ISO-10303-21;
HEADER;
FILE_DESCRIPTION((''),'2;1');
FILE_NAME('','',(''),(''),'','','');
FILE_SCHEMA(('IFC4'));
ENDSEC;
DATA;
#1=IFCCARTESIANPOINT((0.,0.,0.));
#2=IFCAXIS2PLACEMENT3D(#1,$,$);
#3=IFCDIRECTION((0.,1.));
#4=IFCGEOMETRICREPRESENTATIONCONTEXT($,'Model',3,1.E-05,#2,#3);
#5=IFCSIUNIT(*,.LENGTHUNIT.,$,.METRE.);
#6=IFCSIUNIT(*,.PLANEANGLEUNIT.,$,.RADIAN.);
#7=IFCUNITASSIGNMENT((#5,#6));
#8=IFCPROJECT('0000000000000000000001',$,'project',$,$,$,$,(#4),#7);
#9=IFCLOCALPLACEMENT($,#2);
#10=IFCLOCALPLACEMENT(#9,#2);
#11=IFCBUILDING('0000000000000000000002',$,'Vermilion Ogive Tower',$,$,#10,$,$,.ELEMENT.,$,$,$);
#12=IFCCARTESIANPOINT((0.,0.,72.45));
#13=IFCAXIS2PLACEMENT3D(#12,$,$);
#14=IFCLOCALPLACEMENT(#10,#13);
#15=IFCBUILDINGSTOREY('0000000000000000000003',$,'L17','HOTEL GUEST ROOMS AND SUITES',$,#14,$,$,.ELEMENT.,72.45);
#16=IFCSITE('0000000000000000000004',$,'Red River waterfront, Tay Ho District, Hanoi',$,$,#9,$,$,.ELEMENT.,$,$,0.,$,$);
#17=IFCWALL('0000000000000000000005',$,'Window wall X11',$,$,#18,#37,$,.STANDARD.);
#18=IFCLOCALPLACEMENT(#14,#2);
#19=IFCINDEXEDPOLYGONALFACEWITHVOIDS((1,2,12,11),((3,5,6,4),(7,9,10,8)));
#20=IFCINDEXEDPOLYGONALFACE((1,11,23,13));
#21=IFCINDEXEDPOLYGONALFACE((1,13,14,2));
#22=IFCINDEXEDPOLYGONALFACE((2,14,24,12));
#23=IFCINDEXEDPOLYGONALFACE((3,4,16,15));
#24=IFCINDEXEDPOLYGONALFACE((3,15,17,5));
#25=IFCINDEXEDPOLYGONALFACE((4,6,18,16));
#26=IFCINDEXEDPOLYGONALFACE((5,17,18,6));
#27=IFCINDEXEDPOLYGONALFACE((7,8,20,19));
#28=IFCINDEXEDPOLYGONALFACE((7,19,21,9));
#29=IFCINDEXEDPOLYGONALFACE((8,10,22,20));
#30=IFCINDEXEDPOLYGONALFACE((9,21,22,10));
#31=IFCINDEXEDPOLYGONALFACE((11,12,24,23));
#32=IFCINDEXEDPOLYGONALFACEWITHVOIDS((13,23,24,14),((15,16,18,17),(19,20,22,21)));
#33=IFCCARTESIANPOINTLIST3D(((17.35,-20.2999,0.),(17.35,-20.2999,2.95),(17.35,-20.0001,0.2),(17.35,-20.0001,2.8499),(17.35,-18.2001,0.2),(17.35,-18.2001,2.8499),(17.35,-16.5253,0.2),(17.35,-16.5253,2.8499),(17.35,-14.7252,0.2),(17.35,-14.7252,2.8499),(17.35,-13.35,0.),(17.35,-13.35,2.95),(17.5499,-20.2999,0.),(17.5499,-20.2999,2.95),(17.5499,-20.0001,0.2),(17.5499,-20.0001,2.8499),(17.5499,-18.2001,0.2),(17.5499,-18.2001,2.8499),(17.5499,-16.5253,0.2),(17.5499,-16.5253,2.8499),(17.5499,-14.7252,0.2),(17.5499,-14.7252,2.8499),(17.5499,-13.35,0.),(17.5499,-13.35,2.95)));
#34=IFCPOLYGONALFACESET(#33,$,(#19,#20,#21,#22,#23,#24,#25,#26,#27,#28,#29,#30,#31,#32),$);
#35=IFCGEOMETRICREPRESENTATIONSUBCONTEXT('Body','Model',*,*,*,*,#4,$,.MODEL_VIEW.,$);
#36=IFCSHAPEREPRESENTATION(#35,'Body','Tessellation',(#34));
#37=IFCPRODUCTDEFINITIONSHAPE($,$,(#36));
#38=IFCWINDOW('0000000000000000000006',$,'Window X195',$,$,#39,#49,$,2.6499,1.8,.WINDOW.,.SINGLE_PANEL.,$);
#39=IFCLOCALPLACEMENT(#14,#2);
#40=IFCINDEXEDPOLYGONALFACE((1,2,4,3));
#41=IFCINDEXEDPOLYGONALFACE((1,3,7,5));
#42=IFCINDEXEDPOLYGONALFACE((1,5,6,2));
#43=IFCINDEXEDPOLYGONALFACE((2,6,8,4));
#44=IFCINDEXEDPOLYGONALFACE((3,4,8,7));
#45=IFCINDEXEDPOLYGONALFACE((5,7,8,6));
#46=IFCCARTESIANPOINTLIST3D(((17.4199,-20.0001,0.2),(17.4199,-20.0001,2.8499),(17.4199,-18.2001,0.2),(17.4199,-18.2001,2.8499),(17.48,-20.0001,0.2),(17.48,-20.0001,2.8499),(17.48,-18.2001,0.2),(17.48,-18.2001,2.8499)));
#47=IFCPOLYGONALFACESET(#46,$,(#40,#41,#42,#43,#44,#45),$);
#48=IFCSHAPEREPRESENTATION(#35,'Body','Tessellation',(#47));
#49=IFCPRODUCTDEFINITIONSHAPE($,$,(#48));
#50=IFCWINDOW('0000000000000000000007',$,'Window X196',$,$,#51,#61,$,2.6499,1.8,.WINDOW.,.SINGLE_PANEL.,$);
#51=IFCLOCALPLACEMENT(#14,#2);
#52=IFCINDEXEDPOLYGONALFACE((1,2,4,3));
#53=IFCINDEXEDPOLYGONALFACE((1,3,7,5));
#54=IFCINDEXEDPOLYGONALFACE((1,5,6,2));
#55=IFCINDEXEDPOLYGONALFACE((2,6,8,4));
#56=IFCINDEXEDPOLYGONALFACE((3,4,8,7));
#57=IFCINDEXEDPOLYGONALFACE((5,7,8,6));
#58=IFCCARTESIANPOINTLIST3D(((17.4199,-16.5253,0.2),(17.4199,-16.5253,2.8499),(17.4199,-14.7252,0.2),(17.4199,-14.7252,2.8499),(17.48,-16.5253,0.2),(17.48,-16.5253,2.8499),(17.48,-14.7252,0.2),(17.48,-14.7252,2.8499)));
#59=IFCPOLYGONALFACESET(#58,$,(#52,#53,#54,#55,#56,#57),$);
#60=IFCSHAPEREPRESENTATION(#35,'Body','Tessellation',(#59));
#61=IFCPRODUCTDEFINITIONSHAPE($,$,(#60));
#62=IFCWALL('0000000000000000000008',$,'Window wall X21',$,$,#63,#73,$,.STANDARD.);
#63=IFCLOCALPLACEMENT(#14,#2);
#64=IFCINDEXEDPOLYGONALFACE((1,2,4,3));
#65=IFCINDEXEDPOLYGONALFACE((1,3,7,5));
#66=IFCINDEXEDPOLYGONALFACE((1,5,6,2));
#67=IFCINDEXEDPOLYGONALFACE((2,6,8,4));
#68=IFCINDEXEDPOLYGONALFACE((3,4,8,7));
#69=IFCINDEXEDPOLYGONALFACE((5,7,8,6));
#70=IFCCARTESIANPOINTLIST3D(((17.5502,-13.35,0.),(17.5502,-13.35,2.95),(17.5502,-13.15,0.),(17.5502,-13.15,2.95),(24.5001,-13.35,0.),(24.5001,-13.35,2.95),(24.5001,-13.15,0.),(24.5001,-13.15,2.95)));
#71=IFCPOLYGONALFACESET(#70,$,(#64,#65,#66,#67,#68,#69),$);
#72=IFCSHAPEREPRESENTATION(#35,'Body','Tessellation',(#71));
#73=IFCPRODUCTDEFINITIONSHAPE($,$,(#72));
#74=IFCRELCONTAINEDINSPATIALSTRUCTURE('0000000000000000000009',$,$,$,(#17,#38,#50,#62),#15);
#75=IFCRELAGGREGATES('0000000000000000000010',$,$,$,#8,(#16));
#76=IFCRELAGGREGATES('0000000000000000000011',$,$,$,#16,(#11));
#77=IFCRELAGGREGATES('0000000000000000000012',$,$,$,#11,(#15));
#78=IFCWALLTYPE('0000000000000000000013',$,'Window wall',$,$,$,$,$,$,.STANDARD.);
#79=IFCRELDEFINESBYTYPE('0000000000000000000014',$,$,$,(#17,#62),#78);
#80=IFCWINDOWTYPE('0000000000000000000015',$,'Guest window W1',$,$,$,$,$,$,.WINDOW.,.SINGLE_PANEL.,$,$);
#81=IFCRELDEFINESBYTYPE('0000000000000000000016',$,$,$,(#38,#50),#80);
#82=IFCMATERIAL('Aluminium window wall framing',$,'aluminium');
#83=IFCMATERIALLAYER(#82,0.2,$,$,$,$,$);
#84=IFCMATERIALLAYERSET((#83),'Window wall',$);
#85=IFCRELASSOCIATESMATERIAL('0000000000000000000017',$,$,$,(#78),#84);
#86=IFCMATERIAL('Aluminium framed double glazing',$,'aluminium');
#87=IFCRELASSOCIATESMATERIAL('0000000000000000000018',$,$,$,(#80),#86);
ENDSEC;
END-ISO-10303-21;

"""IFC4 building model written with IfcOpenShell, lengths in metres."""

from ifc_helpers import new_model, si_unit, direction, frame, frame_2d, origin, place, context, subcontext, project, spatial, rectangle, extrude, material, layer, layer_set, type_object, element, fill, save


model = new_model("IFC4")

# Units and contexts
model_context = context("Model", 3, precision=1e-05, world=origin(), true_north=direction((0.0, 1.0)))
body_context = subcontext(model_context, "Body", "Model", "MODEL_VIEW")
ifc_project = project(units=[si_unit("LENGTHUNIT", "METRE"), si_unit("PLANEANGLEUNIT", "RADIAN")], contexts=[model_context])

# Site, building, storey
site_placement = place(None, origin())
site = spatial("IfcSite", under=ifc_project, at=site_placement, Name="Red River waterfront, Tay Ho District, Hanoi", CompositionType="ELEMENT", RefElevation=0.0)
building_placement = place(site_placement, origin())
building = spatial("IfcBuilding", under=site, at=building_placement, Name="Vermilion Ogive Tower", CompositionType="ELEMENT")
storey_placement = place(building_placement, frame((0.0, 0.0, 72.45)))
storey = spatial("IfcBuildingStorey", under=building, at=storey_placement, Name="L17", Description="HOTEL GUEST ROOMS AND SUITES", CompositionType="ELEMENT", Elevation=72.45)

# Wall, openings, windows
ifc_material_1 = material(Name="Aluminium window wall framing", Category="aluminium")
ifc_layer_1 = layer(ifc_material_1, 0.2)
ifc_layer_set_1 = layer_set([ifc_layer_1], Name="Window wall")
wall_type_1 = type_object("IfcWallType", Name="Window wall", PredefinedType="STANDARD", material=ifc_layer_set_1)
wall_1_placement = place(storey_placement, frame((17.45, -20.3, 0.0), z_axis=(0.0, 0.0, 1.0), x_axis=(0.0, 1.0, 0.0)))
wall_1 = element("IfcWall", 1, at=wall_1_placement, inside=storey, type_object=wall_type_1, Name="Window wall X11", PredefinedType="STANDARD", context=body_context, shape_type="SweptSolid", body=[
    extrude(rectangle(XDim=6.95, YDim=0.2, at=frame_2d((3.4751, 0.0))), origin(), (0.0, 0.0, 1.0), 2.95),
])
opening_1_placement = place(wall_1_placement, frame((0.3, 0.0, 0.2)))
opening_1 = element("IfcOpeningElement", 2, at=opening_1_placement, cuts=wall_1, PredefinedType="OPENING", context=body_context, shape_type="SweptSolid", body=[
    extrude(rectangle(XDim=1.8, YDim=2.6499, at=frame_2d((0.8999, 1.325))), frame((0.0, 0.1099, 0.0), z_axis=(0.0, -1.0, 0.0), x_axis=(1.0, 0.0, 0.0)), (0.0, 0.0, 1.0), 0.22),
])
opening_2_placement = place(wall_1_placement, frame((3.7749, 0.0, 0.2)))
opening_2 = element("IfcOpeningElement", 3, at=opening_2_placement, cuts=wall_1, PredefinedType="OPENING", context=body_context, shape_type="SweptSolid", body=[
    extrude(rectangle(XDim=1.8, YDim=2.6499, at=frame_2d((0.8999, 1.325))), frame((0.0, 0.1099, 0.0), z_axis=(0.0, -1.0, 0.0), x_axis=(1.0, 0.0, 0.0)), (0.0, 0.0, 1.0), 0.22),
])
ifc_material_2 = material(Name="Aluminium framed double glazing", Category="aluminium")
window_type = type_object("IfcWindowType", Name="Guest window W1", PartitioningType="SINGLE_PANEL", PredefinedType="WINDOW", material=ifc_material_2)
window_1_placement = place(opening_1_placement, origin())
window_1 = element("IfcWindow", 4, at=window_1_placement, inside=storey, type_object=window_type, Name="Window X195", OverallHeight=2.6499, OverallWidth=1.8, PartitioningType="SINGLE_PANEL", PredefinedType="WINDOW", context=body_context, shape_type="SweptSolid", body=[
    extrude(rectangle(XDim=1.8, YDim=2.6499, at=frame_2d((0.8999, 1.325))), frame((0.0, 0.03, 0.0), z_axis=(0.0, -1.0, 0.0), x_axis=(1.0, 0.0, 0.0)), (0.0, 0.0, 1.0), 0.0601),
])
fill(opening_1, window_1)
window_2_placement = place(opening_2_placement, origin())
window_2 = element("IfcWindow", 5, at=window_2_placement, inside=storey, type_object=window_type, Name="Window X196", OverallHeight=2.6499, OverallWidth=1.8, PartitioningType="SINGLE_PANEL", PredefinedType="WINDOW", context=body_context, shape_type="SweptSolid", body=[
    extrude(rectangle(XDim=1.8, YDim=2.6499, at=frame_2d((0.8999, 1.325))), frame((0.0, 0.03, 0.0), z_axis=(0.0, -1.0, 0.0), x_axis=(1.0, 0.0, 0.0)), (0.0, 0.0, 1.0), 0.0601),
])
fill(opening_2, window_2)

# Wall
wall_2_placement = place(storey_placement, frame((17.55, -13.25, 0.0), z_axis=(0.0, 0.0, 1.0), x_axis=(1.0, 0.0, 0.0)))
element("IfcWall", 6, at=wall_2_placement, inside=storey, type_object=wall_type_1, Name="Window wall X21", PredefinedType="STANDARD", context=body_context, shape_type="SweptSolid", body=[
    extrude(rectangle(XDim=6.95, YDim=0.2, at=frame_2d((3.4751, 0.0))), origin(), (0.0, 0.0, 1.0), 2.95),
])

save(model, "model.ifc")
